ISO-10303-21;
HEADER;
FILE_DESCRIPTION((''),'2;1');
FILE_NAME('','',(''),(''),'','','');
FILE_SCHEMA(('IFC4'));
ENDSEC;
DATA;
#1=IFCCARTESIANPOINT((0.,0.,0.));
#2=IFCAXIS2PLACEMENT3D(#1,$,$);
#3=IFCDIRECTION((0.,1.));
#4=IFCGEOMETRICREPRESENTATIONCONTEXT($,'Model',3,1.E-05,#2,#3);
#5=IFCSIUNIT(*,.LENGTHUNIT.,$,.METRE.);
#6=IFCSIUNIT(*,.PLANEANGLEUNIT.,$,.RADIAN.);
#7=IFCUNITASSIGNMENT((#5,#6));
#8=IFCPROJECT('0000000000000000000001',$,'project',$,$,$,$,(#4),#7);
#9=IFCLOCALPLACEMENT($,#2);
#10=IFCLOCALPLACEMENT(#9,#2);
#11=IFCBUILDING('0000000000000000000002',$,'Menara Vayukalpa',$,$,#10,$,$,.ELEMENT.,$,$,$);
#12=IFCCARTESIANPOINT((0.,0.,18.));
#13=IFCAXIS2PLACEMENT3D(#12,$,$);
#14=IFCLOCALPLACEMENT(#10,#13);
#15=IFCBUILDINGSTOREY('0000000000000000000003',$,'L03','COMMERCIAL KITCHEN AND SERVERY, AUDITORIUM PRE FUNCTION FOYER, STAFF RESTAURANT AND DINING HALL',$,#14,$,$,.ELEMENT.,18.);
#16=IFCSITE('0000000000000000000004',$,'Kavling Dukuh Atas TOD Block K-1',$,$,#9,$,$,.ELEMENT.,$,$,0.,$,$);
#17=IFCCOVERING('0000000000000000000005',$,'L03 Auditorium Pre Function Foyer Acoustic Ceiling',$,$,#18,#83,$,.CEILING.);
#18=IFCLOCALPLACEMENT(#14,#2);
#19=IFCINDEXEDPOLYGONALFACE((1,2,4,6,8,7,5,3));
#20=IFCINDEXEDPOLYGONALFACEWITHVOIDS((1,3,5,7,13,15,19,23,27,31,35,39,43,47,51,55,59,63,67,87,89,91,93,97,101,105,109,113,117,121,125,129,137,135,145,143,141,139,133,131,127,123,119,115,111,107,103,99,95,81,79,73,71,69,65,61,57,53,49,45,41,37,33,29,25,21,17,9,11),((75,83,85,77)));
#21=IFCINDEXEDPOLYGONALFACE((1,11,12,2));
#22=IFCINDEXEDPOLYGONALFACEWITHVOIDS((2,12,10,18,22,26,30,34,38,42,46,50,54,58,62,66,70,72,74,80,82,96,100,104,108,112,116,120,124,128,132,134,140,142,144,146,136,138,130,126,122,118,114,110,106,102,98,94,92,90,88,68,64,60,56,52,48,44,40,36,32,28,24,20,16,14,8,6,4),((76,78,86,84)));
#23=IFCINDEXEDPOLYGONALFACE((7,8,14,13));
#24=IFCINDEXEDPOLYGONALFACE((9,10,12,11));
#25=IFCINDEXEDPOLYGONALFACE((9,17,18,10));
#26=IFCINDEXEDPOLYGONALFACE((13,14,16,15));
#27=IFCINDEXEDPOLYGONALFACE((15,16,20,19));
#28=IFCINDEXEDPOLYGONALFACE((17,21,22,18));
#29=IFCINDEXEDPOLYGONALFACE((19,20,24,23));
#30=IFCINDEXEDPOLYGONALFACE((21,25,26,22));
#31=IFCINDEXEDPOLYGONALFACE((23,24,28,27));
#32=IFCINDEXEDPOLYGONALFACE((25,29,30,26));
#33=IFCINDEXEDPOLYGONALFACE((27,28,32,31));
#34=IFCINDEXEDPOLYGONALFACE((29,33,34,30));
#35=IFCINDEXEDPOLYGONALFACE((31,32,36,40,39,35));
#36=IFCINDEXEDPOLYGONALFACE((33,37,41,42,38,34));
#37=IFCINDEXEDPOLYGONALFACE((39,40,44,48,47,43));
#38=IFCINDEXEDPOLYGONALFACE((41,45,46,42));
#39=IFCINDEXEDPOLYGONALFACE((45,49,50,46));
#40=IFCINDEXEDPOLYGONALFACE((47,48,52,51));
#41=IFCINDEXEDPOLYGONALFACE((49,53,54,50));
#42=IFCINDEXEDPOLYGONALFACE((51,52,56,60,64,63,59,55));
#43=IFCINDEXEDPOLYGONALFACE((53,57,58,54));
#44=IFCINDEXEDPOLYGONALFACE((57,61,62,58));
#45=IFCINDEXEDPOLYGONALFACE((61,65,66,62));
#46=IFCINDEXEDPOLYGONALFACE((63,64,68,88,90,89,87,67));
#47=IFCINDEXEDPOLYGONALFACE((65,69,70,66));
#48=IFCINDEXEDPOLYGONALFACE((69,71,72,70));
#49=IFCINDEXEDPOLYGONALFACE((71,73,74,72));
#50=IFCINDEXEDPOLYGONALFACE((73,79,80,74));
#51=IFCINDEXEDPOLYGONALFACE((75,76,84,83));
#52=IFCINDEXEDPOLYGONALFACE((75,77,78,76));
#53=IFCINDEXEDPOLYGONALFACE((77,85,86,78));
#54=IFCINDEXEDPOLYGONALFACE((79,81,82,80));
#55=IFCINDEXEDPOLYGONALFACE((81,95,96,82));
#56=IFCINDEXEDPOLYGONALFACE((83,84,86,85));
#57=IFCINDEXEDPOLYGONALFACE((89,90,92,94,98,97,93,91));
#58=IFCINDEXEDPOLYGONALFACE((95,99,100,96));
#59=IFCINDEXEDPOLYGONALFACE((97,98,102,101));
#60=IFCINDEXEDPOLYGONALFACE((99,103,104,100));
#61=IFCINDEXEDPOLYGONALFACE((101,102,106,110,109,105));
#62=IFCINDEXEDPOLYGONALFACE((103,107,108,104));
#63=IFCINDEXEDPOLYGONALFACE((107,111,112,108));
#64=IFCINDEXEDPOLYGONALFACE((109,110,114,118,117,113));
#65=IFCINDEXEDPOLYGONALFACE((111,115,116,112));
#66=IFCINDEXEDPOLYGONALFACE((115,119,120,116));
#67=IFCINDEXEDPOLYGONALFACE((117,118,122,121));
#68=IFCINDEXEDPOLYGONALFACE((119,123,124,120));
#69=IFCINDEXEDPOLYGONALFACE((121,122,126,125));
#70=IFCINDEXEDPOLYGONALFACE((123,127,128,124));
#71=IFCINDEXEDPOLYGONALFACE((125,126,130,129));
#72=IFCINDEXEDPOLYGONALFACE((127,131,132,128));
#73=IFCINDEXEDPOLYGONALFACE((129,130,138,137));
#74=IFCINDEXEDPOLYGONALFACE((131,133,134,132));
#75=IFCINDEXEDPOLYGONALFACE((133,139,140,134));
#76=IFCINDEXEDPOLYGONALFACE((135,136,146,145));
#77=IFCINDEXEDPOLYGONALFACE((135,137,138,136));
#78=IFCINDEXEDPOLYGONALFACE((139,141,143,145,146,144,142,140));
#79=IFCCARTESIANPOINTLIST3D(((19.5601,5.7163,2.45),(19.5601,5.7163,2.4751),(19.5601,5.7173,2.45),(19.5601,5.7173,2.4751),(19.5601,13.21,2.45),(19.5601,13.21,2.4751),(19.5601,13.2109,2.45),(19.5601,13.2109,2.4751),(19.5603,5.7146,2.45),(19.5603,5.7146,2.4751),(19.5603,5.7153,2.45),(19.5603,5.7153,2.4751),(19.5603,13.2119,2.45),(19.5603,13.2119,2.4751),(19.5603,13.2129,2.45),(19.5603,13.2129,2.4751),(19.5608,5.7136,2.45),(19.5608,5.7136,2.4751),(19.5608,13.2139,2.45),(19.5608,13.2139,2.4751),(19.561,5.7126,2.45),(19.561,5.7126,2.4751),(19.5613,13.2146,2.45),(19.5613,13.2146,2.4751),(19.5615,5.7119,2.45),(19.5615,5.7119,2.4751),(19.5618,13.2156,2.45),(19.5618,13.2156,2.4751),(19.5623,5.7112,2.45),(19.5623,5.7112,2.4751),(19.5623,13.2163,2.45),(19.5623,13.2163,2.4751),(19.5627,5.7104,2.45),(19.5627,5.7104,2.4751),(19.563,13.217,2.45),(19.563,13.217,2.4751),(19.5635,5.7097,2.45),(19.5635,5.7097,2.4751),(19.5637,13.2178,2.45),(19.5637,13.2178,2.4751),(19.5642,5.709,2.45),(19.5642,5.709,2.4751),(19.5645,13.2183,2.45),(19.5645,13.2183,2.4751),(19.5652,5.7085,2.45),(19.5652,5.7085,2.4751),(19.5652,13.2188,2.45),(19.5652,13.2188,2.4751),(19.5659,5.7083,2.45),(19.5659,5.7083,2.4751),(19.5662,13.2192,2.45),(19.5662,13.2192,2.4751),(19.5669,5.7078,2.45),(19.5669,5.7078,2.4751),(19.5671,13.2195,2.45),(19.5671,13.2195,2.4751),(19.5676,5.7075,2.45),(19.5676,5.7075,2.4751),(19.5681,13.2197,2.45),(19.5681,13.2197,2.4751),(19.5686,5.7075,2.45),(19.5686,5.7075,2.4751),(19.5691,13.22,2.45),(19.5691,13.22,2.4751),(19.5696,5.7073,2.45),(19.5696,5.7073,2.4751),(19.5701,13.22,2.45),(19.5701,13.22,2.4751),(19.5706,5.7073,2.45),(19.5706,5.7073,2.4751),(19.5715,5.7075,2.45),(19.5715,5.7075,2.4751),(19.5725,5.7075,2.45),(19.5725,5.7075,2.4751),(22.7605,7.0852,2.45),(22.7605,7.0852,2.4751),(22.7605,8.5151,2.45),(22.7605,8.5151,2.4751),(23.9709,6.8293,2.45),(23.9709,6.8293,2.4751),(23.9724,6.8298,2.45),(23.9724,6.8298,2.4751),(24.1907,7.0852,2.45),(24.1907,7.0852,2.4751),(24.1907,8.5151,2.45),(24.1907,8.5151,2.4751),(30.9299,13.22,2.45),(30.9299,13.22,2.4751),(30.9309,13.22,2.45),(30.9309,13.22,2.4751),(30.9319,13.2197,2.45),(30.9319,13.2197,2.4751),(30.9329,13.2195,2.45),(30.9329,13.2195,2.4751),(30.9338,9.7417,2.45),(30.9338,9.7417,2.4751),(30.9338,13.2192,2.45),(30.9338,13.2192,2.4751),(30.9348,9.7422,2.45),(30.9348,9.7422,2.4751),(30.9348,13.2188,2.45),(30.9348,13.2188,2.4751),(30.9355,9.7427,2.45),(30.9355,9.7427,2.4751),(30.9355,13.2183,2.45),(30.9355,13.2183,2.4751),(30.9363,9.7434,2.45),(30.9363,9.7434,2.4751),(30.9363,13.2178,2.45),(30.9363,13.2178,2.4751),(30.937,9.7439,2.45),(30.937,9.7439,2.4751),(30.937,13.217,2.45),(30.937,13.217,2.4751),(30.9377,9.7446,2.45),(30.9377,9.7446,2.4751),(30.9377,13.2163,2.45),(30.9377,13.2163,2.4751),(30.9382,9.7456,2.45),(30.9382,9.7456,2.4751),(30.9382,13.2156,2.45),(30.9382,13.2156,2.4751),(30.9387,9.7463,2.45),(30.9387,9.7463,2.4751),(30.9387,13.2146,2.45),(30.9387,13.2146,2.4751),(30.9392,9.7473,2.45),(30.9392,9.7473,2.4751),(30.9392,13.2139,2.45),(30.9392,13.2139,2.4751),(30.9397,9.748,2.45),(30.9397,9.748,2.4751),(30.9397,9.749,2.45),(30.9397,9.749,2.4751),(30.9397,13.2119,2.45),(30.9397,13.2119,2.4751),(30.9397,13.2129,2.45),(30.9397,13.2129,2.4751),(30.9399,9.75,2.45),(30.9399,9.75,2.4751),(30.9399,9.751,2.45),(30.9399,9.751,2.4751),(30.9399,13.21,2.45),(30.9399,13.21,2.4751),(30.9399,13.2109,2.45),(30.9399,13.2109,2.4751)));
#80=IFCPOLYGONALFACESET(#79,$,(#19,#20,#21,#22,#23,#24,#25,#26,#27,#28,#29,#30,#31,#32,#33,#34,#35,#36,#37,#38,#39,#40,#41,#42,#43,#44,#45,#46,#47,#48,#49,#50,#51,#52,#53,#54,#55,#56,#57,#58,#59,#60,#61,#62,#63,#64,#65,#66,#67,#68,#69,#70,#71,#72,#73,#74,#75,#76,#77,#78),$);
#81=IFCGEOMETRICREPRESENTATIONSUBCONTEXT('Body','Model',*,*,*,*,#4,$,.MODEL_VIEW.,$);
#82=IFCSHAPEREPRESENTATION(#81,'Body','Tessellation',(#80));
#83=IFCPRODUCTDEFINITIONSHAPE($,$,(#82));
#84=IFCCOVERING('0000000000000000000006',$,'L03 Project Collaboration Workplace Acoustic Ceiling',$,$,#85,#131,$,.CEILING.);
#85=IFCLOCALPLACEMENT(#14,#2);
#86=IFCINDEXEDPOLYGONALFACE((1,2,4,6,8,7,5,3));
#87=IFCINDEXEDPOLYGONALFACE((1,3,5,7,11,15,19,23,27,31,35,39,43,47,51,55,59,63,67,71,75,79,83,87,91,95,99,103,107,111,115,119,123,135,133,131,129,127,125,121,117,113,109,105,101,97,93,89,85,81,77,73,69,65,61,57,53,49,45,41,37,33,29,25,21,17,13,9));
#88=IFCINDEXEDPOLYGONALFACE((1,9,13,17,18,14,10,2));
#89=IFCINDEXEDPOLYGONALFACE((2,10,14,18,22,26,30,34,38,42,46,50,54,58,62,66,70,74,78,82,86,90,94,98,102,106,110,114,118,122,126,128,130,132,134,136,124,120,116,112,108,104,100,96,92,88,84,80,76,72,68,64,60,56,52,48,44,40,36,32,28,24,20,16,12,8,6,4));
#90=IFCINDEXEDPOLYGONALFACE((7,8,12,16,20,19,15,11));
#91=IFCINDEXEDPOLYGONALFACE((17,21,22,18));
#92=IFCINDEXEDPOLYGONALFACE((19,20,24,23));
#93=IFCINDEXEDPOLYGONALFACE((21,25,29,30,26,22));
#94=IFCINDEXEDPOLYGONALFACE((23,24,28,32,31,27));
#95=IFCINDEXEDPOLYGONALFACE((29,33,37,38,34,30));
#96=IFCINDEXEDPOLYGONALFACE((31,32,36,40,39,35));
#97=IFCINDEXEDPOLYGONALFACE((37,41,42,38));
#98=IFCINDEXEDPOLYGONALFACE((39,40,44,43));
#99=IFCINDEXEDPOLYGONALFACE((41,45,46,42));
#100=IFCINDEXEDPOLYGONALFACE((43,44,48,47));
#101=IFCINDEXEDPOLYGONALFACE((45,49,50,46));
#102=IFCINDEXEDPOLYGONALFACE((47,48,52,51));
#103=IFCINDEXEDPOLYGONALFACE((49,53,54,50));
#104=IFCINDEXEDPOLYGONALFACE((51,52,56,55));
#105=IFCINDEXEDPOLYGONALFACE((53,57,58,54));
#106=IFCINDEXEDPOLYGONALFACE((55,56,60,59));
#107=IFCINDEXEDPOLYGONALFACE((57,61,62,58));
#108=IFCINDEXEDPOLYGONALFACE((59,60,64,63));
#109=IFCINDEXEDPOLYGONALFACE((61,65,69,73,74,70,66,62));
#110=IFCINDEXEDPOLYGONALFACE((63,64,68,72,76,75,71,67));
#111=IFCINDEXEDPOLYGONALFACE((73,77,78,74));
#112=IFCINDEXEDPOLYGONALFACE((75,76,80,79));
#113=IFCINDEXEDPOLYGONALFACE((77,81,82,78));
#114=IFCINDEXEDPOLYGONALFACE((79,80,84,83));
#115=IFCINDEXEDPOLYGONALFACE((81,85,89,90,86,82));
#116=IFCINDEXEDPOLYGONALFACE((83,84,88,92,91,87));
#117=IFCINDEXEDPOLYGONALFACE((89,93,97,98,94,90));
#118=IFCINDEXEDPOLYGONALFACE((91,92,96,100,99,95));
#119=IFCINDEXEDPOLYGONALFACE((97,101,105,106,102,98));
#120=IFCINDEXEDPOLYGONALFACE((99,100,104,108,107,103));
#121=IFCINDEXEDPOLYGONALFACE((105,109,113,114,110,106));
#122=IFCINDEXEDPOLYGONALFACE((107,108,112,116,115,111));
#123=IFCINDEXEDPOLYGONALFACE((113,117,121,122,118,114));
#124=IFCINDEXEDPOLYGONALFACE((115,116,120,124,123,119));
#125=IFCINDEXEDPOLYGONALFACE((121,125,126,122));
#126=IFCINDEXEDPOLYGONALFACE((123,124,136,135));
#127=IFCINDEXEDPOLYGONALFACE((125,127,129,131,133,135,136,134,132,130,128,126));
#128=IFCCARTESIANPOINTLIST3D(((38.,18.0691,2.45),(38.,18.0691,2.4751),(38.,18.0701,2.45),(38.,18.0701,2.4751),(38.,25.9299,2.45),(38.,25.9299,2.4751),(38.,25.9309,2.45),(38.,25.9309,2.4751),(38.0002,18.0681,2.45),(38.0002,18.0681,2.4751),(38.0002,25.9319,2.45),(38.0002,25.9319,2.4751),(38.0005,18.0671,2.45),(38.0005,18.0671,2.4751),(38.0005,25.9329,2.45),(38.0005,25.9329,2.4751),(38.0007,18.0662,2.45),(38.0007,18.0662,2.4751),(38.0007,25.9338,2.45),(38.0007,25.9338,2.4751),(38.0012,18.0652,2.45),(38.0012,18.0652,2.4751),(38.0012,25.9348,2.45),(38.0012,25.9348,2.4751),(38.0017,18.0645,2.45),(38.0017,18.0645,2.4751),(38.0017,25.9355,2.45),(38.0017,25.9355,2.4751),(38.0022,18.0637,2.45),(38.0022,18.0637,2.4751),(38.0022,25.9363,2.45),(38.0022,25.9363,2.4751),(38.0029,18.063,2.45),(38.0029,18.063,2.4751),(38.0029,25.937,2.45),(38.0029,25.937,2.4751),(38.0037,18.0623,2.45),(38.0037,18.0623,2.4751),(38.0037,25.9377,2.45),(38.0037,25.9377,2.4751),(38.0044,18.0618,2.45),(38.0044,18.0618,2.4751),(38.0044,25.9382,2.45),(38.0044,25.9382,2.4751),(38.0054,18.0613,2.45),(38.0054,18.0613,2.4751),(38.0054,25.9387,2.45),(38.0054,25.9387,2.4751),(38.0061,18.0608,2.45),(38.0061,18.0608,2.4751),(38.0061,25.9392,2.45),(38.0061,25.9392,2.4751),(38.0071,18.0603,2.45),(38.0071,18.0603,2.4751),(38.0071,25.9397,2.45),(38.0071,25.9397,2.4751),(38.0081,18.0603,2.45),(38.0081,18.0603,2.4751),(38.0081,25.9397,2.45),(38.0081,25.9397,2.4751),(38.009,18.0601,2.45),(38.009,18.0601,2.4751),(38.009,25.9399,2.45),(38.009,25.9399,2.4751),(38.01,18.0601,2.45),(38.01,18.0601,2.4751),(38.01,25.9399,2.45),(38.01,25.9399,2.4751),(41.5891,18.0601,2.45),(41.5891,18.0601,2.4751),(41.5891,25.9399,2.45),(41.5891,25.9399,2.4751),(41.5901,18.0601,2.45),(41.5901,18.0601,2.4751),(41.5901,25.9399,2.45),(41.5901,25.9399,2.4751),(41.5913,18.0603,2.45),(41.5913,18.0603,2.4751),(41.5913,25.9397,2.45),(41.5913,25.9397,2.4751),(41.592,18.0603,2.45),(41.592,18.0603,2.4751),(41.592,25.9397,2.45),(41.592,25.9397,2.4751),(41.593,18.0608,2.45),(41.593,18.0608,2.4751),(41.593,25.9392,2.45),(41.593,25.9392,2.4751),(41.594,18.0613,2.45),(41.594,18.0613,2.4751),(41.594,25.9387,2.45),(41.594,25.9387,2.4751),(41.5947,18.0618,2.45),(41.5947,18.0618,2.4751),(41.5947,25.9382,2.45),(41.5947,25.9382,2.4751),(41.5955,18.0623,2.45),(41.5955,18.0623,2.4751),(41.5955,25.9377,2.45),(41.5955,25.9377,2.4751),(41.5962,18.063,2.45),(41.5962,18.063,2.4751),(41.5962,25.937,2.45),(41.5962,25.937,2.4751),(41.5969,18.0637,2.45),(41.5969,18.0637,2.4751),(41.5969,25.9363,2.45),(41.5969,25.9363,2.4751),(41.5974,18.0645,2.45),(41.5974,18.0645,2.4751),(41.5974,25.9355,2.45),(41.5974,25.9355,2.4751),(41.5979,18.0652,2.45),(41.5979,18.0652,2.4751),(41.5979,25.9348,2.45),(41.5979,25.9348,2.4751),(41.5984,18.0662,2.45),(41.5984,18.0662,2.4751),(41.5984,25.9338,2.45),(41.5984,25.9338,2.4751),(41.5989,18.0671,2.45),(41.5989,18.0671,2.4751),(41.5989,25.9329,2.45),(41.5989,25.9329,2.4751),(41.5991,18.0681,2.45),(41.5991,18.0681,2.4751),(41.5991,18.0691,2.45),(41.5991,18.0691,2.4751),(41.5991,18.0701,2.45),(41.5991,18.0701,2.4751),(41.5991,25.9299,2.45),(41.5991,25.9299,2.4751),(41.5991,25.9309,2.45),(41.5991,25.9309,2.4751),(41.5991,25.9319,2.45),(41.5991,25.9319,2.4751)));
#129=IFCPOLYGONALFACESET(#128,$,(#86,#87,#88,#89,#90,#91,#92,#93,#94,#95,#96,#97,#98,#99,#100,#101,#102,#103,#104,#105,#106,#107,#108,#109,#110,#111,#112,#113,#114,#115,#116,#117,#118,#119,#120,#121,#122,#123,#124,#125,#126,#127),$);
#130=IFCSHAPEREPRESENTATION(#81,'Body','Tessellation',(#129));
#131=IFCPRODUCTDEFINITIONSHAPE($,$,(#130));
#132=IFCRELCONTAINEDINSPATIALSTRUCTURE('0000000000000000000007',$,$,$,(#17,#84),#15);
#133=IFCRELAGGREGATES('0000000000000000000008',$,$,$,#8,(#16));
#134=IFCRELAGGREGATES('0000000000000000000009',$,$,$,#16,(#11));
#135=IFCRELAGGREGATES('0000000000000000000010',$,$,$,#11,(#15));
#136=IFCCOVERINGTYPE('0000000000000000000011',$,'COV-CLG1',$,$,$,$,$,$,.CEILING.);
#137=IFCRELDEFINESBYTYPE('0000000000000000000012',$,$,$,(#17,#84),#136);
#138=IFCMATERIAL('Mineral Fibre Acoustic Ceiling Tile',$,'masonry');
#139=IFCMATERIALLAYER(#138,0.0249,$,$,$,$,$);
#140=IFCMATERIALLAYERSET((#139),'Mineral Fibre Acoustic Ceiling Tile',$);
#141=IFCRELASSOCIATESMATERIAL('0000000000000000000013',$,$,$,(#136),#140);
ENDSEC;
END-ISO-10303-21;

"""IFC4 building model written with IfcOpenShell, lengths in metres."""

from ifc_helpers import new_model, si_unit, direction, frame, origin, place, context, subcontext, project, spatial, polyline, outline, extrude, material, layer, layer_set, type_object, element, save


model = new_model("IFC4")

# Units and contexts
model_context = context("Model", 3, precision=1e-05, world=origin(), true_north=direction((0.0, 1.0)))
body_context = subcontext(model_context, "Body", "Model", "MODEL_VIEW")
ifc_project = project(units=[si_unit("LENGTHUNIT", "METRE"), si_unit("PLANEANGLEUNIT", "RADIAN")], contexts=[model_context])

# Site, building, storey
site_placement = place(None, origin())
site = spatial("IfcSite", under=ifc_project, at=site_placement, Name="Kavling Dukuh Atas TOD Block K-1", CompositionType="ELEMENT", RefElevation=0.0)
building_placement = place(site_placement, origin())
building = spatial("IfcBuilding", under=site, at=building_placement, Name="Menara Vayukalpa", CompositionType="ELEMENT")
storey_placement = place(building_placement, frame((0.0, 0.0, 18.0)))
storey = spatial("IfcBuildingStorey", under=building, at=storey_placement, Name="L03", Description="COMMERCIAL KITCHEN AND SERVERY, AUDITORIUM PRE FUNCTION FOYER, STAFF RESTAURANT AND DINING HALL", CompositionType="ELEMENT", Elevation=18.0)

# Coverings
ifc_material_1 = material(Name="Mineral Fibre Acoustic Ceiling Tile", Category="masonry")
ifc_layer_1 = layer(ifc_material_1, 0.0249)
ifc_layer_set_1 = layer_set([ifc_layer_1], Name="Mineral Fibre Acoustic Ceiling Tile")
covering_type_1 = type_object("IfcCoveringType", Name="COV-CLG1", PredefinedType="CEILING", material=ifc_layer_set_1)
covering_1_placement = place(storey_placement, frame((0.0, 0.0, 2.45)))
element("IfcCovering", 1, at=covering_1_placement, inside=storey, type_object=covering_type_1, Name="L03 Auditorium Pre Function Foyer Acoustic Ceiling", PredefinedType="CEILING", context=body_context, shape_type="SweptSolid", body=[
    extrude(outline(polyline([(19.5725, 5.7075), (19.5715, 5.7075), (19.5706, 5.7073), (19.5696, 5.7073), (19.5686, 5.7075), (19.5676, 5.7075), (19.5669, 5.7078), (19.5659, 5.7083), (19.5652, 5.7085), (19.5642, 5.709), (19.5635, 5.7097), (19.5627, 5.7104), (19.5623, 5.7112), (19.5615, 5.7119), (19.561, 5.7126), (19.5608, 5.7136), (19.5603, 5.7146), (19.5603, 5.7153), (19.5601, 5.7163), (19.5601, 5.7173), (19.5601, 13.21), (19.5601, 13.2109), (19.5603, 13.2119), (19.5603, 13.2129), (19.5608, 13.2139), (19.5613, 13.2146), (19.5618, 13.2156), (19.5623, 13.2163), (19.563, 13.217), (19.5637, 13.2178), (19.5645, 13.2183), (19.5652, 13.2188), (19.5662, 13.2192), (19.5671, 13.2195), (19.5681, 13.2197), (19.5691, 13.22), (19.5701, 13.22), (30.9299, 13.22), (30.9309, 13.22), (30.9319, 13.2197), (30.9329, 13.2195), (30.9338, 13.2192), (30.9348, 13.2188), (30.9355, 13.2183), (30.9363, 13.2178), (30.937, 13.217), (30.9377, 13.2163), (30.9382, 13.2156), (30.9387, 13.2146), (30.9392, 13.2139), (30.9397, 13.2129), (30.9397, 13.2119), (30.9399, 13.2109), (30.9399, 13.21), (30.9399, 9.751), (30.9399, 9.75), (30.9397, 9.749), (30.9397, 9.748), (30.9392, 9.7473), (30.9387, 9.7463), (30.9382, 9.7456), (30.9377, 9.7446), (30.937, 9.7439), (30.9363, 9.7434), (30.9355, 9.7427), (30.9348, 9.7422), (30.9338, 9.7417), (23.9724, 6.8298), (23.9709, 6.8293), (19.5725, 5.7075)]), holes=[polyline([(24.1907, 8.5151), (22.7605, 8.5151), (22.7605, 7.0852), (24.1907, 7.0852), (24.1907, 8.5151)])]), origin(), (0.0, 0.0, 1.0), 0.0251),
])
covering_2_placement = place(storey_placement, frame((0.0, 0.0, 2.45)))
element("IfcCovering", 2, at=covering_2_placement, inside=storey, type_object=covering_type_1, Name="L03 Project Collaboration Workplace Acoustic Ceiling", PredefinedType="CEILING", context=body_context, shape_type="SweptSolid", body=[
    extrude(outline(polyline([(41.5991, 18.0691), (41.5991, 18.0681), (41.5989, 18.0671), (41.5984, 18.0662), (41.5979, 18.0652), (41.5974, 18.0645), (41.5969, 18.0637), (41.5962, 18.063), (41.5955, 18.0623), (41.5947, 18.0618), (41.594, 18.0613), (41.593, 18.0608), (41.592, 18.0603), (41.5913, 18.0603), (41.5901, 18.0601), (41.5891, 18.0601), (38.01, 18.0601), (38.009, 18.0601), (38.0081, 18.0603), (38.0071, 18.0603), (38.0061, 18.0608), (38.0054, 18.0613), (38.0044, 18.0618), (38.0037, 18.0623), (38.0029, 18.063), (38.0022, 18.0637), (38.0017, 18.0645), (38.0012, 18.0652), (38.0007, 18.0662), (38.0005, 18.0671), (38.0002, 18.0681), (38.0, 18.0691), (38.0, 18.0701), (38.0, 25.9299), (38.0, 25.9309), (38.0002, 25.9319), (38.0005, 25.9329), (38.0007, 25.9338), (38.0012, 25.9348), (38.0017, 25.9355), (38.0022, 25.9363), (38.0029, 25.937), (38.0037, 25.9377), (38.0044, 25.9382), (38.0054, 25.9387), (38.0061, 25.9392), (38.0071, 25.9397), (38.0081, 25.9397), (38.009, 25.9399), (38.01, 25.9399), (41.5891, 25.9399), (41.5901, 25.9399), (41.5913, 25.9397), (41.592, 25.9397), (41.593, 25.9392), (41.594, 25.9387), (41.5947, 25.9382), (41.5955, 25.9377), (41.5962, 25.937), (41.5969, 25.9363), (41.5974, 25.9355), (41.5979, 25.9348), (41.5984, 25.9338), (41.5989, 25.9329), (41.5991, 25.9319), (41.5991, 25.9309), (41.5991, 25.9299), (41.5991, 18.0701), (41.5991, 18.0691)])), origin(), (0.0, 0.0, 1.0), 0.0251),
])

save(model, "model.ifc")
